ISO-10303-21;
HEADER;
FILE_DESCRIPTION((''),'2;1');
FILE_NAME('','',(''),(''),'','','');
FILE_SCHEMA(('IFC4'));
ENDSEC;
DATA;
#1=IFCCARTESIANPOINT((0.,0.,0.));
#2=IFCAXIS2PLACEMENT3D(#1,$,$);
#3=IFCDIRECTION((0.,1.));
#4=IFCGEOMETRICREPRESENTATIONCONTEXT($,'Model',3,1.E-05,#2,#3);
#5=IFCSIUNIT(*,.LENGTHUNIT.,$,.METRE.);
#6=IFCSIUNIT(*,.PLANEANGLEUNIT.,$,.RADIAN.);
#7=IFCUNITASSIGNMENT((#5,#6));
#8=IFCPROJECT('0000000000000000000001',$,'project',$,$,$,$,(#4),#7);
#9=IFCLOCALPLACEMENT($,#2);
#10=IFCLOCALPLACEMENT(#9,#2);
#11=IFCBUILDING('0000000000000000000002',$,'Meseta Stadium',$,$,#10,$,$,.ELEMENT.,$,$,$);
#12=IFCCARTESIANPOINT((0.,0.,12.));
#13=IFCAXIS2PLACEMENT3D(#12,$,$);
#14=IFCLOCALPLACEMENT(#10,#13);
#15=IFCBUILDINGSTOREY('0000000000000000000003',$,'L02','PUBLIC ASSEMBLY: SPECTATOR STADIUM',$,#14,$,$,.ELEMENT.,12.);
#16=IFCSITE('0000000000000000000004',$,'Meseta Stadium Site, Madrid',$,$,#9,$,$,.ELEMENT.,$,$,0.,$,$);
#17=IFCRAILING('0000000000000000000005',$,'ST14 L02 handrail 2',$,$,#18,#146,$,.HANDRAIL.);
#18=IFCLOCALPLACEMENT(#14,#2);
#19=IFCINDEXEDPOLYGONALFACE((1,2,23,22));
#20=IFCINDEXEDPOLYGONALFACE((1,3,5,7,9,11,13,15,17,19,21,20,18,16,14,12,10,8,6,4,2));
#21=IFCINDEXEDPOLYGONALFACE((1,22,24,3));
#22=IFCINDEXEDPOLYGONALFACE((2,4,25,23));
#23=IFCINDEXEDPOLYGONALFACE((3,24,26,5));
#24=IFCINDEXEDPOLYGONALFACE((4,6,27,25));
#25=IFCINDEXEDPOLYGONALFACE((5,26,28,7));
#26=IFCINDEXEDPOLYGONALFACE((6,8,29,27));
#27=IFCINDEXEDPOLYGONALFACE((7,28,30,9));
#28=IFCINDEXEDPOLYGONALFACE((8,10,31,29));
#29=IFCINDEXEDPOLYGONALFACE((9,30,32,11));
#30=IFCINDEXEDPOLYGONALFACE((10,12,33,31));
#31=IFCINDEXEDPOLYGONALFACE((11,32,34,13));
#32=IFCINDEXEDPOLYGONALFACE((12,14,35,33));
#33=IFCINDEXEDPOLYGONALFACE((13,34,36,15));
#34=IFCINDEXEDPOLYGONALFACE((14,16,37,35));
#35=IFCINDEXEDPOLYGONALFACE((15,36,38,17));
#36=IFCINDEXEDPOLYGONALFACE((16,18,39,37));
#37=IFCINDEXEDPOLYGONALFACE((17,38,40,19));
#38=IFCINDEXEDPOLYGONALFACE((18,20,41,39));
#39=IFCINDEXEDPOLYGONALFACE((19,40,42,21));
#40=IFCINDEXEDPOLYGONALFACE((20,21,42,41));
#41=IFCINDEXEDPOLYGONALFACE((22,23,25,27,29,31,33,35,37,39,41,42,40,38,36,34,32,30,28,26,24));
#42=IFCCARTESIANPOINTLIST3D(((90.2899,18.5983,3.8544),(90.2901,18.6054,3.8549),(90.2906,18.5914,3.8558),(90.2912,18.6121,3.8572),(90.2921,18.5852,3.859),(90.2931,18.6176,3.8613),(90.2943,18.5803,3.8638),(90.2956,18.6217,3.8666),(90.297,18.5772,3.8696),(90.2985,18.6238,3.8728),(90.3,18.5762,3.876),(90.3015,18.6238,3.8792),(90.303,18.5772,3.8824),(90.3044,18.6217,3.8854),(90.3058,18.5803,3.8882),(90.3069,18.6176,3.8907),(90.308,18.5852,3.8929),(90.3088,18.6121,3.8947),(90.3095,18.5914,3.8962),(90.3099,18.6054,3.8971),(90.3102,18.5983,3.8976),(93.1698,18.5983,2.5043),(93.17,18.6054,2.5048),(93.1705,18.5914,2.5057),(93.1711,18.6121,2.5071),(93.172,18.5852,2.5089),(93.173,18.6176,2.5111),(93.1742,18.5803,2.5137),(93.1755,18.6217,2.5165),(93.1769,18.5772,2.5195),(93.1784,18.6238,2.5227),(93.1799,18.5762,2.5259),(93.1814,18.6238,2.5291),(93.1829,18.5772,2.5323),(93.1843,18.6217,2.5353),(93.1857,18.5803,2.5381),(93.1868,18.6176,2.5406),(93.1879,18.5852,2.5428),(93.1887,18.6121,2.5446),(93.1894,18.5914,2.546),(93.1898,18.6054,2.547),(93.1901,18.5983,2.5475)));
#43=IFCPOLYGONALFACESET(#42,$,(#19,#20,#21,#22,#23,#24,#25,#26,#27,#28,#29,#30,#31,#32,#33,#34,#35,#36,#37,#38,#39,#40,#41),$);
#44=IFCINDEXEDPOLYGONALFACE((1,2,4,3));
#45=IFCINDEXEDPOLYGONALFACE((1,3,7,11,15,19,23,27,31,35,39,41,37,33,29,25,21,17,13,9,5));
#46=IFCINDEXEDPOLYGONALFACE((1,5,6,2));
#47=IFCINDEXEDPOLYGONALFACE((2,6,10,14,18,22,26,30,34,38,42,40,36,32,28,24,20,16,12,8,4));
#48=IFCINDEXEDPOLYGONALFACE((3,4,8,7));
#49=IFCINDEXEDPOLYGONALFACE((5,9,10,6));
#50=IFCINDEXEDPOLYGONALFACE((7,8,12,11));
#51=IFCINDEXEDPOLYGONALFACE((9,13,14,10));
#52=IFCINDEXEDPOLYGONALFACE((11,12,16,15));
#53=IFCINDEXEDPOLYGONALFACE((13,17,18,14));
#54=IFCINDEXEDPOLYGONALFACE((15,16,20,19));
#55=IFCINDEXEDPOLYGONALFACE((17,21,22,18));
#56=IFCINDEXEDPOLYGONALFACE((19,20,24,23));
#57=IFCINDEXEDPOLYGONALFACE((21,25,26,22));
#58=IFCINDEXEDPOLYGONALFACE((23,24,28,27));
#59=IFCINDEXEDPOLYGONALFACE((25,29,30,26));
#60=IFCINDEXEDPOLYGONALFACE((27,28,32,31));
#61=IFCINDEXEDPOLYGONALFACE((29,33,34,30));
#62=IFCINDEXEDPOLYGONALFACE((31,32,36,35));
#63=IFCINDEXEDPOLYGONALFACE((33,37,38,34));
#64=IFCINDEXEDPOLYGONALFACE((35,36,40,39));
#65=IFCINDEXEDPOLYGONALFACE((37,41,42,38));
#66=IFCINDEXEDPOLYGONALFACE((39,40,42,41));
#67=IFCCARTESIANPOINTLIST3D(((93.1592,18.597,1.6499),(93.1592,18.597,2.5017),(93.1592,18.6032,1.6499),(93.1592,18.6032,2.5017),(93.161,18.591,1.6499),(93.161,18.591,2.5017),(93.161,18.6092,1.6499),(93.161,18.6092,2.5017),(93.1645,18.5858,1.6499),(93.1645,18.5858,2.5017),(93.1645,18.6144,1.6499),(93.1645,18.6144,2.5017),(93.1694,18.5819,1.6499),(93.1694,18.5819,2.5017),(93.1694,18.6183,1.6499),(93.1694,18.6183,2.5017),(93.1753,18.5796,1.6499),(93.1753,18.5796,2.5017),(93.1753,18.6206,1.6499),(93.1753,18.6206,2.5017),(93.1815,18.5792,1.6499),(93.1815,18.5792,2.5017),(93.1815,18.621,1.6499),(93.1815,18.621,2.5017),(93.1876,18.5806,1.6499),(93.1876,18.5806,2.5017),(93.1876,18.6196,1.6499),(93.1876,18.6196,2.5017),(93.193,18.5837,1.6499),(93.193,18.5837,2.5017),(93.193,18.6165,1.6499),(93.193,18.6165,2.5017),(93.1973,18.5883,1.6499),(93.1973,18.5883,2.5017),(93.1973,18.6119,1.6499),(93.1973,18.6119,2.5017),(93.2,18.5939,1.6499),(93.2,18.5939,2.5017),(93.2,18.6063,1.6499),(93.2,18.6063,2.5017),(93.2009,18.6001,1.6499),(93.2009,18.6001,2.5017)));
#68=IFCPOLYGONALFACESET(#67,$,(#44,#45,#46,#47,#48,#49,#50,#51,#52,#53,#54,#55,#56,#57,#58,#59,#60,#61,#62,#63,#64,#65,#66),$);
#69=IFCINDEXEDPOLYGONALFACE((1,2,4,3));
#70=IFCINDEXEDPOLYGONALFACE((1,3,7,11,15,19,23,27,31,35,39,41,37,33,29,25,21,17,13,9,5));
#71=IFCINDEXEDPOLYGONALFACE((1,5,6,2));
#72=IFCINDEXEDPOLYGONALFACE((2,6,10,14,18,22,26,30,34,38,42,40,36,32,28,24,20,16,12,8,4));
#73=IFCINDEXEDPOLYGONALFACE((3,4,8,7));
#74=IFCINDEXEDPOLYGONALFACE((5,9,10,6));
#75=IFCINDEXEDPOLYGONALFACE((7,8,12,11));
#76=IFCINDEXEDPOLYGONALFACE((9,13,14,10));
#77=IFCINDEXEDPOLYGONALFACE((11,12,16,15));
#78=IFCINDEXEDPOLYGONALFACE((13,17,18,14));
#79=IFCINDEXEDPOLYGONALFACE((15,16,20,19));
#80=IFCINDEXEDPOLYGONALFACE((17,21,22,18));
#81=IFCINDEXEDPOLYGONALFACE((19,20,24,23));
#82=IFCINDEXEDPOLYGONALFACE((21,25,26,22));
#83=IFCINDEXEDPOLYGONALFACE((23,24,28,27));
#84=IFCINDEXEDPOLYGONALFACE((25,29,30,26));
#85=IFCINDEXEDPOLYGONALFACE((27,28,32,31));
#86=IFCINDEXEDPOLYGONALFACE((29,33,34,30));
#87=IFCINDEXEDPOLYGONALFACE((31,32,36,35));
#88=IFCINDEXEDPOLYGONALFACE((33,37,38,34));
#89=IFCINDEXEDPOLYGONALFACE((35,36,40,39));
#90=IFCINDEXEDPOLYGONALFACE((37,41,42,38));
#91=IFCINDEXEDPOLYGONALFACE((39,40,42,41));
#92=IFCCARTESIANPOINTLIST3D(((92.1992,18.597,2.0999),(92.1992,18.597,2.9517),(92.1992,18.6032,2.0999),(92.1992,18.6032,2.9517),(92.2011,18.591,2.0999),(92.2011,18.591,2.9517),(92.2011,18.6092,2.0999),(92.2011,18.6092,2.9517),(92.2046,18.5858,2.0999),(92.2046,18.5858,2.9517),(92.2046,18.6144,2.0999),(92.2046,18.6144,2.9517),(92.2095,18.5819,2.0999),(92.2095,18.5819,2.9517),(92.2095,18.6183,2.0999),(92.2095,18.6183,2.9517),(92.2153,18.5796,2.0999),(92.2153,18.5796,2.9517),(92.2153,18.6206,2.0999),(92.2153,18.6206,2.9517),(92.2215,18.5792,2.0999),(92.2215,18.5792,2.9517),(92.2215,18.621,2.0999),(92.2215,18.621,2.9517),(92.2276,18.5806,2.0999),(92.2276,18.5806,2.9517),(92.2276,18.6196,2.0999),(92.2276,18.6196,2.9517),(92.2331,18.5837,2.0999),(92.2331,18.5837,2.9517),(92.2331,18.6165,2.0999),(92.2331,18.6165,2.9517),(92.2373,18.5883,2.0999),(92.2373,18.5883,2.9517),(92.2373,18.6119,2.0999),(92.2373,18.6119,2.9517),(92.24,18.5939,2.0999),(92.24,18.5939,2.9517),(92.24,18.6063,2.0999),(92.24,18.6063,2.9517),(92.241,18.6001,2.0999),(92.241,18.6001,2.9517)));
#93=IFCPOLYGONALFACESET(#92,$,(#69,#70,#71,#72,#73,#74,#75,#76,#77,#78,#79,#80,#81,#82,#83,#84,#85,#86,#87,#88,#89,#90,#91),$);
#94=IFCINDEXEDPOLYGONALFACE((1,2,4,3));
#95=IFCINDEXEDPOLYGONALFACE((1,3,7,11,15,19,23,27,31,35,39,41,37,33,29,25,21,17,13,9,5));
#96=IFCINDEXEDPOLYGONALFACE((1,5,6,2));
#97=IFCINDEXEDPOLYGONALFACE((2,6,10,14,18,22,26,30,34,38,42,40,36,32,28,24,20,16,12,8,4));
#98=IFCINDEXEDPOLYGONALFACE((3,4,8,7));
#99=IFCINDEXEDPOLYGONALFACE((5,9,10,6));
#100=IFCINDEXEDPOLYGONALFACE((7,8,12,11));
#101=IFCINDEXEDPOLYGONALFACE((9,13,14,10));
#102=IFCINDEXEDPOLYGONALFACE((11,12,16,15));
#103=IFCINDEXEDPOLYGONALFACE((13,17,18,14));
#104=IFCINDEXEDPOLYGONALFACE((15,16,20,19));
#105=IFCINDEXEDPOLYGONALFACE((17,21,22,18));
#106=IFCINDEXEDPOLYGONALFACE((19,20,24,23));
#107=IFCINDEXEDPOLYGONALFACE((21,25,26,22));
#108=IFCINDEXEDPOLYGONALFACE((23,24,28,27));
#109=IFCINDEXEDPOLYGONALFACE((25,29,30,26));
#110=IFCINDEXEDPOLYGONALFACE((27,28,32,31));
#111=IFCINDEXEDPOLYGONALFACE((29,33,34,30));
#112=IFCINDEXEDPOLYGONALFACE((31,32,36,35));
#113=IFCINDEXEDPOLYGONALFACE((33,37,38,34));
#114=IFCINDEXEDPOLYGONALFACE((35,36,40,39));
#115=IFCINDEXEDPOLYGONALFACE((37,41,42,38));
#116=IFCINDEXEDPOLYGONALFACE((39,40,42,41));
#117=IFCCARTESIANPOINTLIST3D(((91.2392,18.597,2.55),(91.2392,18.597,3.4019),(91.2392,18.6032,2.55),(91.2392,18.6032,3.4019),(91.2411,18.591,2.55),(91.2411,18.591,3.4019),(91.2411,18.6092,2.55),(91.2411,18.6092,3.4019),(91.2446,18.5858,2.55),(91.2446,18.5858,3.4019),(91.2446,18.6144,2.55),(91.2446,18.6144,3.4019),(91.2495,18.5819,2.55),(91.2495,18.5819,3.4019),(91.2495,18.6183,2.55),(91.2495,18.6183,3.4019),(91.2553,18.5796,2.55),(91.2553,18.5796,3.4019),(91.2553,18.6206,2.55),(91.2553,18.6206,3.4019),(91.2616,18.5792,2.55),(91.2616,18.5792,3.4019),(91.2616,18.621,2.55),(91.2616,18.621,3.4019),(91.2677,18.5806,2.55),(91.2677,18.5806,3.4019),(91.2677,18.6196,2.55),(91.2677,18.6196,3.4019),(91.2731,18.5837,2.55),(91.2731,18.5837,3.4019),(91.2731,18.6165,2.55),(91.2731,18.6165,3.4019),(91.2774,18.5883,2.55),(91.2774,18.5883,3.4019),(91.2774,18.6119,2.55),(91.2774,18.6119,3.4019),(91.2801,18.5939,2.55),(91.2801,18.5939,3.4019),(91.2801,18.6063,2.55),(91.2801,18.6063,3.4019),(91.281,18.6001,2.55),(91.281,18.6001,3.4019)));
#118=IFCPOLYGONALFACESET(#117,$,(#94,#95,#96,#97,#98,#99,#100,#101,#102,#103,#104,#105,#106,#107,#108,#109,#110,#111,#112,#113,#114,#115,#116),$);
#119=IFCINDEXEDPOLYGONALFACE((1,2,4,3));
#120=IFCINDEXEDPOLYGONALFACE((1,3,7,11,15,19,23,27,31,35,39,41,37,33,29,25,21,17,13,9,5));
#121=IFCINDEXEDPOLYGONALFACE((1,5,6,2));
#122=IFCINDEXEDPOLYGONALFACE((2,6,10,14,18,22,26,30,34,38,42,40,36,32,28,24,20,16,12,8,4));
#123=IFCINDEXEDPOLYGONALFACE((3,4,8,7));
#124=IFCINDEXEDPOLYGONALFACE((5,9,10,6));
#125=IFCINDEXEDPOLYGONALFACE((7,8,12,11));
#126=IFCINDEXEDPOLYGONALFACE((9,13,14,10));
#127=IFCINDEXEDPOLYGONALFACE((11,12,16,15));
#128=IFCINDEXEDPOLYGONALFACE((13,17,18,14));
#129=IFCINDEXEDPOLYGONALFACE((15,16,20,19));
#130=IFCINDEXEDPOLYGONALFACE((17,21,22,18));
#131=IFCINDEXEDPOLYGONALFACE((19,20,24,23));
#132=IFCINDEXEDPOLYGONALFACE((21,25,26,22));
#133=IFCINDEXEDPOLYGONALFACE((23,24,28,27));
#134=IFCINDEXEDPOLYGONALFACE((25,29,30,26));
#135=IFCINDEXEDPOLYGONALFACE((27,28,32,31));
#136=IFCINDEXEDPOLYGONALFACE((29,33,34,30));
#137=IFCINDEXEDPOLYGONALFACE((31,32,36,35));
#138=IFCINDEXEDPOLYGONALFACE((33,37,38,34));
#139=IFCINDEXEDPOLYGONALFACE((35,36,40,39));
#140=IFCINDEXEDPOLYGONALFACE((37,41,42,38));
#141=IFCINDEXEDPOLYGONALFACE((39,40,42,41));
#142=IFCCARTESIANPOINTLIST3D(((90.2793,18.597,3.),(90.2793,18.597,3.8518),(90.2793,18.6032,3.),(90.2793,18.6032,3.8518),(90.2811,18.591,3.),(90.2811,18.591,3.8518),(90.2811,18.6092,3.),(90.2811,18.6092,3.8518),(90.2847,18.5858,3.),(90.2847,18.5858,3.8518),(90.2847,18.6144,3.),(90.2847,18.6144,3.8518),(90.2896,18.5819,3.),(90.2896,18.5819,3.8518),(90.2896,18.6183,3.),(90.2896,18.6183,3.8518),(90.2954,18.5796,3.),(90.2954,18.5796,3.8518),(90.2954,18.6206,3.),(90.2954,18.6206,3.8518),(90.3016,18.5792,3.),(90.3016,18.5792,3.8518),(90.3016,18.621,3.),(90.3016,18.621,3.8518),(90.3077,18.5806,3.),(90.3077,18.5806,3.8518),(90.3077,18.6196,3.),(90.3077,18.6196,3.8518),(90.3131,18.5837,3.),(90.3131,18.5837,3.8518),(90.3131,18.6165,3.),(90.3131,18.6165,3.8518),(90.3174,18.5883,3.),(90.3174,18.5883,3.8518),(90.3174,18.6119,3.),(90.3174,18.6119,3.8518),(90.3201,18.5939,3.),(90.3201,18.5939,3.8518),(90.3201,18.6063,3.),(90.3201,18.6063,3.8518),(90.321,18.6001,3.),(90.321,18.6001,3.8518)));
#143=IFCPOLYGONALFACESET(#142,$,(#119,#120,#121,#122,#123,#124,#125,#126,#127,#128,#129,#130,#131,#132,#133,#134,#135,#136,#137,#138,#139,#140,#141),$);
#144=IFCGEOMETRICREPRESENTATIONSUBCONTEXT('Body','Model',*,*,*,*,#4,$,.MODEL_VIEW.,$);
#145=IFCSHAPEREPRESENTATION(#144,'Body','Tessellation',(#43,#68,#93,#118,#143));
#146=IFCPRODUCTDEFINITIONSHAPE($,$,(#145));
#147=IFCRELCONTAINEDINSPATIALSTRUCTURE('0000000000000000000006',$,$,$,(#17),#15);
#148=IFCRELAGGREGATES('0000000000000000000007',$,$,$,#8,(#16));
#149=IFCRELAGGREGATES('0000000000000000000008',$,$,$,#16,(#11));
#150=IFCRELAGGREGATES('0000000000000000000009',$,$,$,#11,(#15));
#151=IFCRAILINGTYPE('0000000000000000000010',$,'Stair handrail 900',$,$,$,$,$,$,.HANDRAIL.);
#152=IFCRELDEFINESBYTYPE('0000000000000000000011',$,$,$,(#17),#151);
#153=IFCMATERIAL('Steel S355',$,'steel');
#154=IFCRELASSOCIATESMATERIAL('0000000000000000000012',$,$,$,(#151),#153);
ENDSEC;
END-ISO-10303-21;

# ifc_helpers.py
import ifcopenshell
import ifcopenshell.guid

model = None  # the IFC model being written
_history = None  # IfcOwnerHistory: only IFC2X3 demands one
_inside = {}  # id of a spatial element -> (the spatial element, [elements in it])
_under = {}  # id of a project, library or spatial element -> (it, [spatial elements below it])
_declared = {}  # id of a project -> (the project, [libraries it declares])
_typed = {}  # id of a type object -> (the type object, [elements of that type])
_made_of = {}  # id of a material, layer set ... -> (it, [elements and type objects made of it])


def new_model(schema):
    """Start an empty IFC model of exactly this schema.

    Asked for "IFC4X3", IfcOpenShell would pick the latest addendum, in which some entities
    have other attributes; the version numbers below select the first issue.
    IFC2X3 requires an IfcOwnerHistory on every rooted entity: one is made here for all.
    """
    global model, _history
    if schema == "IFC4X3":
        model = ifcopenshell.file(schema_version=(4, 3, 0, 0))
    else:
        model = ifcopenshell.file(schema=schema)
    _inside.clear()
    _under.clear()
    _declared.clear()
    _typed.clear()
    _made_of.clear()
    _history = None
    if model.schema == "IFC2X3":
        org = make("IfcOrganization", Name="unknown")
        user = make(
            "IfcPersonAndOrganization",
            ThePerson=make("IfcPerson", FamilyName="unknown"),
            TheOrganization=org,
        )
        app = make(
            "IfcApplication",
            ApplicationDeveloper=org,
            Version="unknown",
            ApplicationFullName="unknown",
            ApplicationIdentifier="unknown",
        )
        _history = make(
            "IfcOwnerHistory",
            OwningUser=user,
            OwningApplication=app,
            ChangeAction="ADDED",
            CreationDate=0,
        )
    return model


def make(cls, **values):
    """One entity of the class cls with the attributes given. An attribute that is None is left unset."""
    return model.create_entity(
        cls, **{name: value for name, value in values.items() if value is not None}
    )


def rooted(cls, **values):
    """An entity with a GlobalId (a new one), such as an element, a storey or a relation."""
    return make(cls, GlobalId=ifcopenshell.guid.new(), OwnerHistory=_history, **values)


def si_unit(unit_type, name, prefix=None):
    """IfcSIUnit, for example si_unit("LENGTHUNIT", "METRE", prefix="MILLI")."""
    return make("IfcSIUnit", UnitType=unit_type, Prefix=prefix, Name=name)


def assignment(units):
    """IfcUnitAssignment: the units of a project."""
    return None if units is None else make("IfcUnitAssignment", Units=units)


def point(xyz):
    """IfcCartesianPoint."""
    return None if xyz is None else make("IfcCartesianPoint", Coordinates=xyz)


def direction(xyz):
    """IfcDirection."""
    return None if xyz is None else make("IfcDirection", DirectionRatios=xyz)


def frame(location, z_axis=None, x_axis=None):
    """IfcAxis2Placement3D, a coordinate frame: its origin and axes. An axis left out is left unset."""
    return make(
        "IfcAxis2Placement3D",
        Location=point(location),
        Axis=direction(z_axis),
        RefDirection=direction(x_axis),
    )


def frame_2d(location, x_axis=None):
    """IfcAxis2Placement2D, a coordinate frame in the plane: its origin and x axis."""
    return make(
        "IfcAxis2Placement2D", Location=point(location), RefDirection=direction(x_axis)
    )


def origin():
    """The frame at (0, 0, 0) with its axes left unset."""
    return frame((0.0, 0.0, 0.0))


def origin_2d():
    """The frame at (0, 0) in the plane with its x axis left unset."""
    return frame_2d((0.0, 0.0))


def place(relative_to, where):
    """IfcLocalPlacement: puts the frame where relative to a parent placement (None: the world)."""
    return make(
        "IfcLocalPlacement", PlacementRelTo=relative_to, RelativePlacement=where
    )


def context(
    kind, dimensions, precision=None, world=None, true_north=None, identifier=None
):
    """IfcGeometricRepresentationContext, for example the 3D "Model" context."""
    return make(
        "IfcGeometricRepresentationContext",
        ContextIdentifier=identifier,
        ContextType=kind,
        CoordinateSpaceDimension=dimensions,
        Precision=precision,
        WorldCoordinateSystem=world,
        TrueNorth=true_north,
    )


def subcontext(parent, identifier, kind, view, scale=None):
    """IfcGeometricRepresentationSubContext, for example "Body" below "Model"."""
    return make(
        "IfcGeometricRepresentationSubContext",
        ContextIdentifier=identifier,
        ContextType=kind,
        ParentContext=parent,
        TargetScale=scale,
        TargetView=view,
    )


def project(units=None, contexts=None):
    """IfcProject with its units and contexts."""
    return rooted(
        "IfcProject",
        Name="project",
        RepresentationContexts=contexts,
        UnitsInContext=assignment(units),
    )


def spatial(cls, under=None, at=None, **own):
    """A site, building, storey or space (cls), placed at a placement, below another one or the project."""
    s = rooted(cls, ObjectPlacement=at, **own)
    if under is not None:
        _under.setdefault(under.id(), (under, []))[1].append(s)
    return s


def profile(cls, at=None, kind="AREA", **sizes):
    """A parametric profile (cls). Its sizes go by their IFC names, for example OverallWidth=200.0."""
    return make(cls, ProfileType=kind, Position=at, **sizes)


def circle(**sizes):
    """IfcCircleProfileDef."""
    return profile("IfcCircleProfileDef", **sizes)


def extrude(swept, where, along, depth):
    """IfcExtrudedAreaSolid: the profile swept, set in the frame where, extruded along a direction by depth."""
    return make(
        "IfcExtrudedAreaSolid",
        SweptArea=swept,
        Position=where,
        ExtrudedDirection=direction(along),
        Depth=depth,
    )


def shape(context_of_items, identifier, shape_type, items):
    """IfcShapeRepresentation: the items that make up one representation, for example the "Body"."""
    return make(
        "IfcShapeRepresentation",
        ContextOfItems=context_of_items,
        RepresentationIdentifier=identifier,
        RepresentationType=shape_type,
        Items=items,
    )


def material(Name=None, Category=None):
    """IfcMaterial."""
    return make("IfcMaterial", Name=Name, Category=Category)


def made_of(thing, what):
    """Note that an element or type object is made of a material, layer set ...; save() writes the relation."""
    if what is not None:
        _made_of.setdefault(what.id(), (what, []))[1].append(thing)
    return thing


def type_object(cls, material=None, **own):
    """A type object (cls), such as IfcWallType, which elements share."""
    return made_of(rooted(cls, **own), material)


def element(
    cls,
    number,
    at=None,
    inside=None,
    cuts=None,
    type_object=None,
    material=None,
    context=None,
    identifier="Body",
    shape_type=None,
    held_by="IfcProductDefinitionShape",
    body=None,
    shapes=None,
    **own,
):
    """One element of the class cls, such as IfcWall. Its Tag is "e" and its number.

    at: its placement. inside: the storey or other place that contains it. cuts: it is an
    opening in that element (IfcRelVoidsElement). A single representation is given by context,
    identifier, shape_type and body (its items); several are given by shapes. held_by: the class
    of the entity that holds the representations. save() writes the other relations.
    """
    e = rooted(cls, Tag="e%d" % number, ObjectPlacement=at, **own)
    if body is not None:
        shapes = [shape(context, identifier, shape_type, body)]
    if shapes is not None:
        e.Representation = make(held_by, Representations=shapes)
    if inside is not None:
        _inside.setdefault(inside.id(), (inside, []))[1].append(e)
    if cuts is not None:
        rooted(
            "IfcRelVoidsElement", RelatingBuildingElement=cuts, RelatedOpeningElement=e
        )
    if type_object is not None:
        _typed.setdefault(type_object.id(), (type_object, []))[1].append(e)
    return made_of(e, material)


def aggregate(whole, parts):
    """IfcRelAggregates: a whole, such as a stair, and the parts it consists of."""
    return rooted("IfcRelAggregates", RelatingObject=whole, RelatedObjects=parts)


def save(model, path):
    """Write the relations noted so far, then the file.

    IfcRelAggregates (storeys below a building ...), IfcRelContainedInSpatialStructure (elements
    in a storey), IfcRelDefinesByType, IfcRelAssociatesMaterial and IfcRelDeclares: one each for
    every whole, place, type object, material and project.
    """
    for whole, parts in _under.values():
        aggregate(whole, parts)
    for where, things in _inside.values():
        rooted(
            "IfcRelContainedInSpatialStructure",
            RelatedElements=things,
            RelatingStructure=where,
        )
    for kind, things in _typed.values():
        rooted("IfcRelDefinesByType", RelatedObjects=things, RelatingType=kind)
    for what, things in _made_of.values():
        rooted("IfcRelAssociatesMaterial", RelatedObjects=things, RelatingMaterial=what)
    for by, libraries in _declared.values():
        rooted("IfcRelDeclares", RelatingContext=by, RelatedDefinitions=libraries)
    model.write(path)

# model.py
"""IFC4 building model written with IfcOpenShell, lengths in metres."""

from ifc_helpers import new_model, si_unit, direction, frame, origin, origin_2d, place, context, subcontext, project, spatial, circle, extrude, material, type_object, element, save


model = new_model("IFC4")

# Units and contexts
model_context = context("Model", 3, precision=1e-05, world=origin(), true_north=direction((0.0, 1.0)))
body_context = subcontext(model_context, "Body", "Model", "MODEL_VIEW")
ifc_project = project(units=[si_unit("LENGTHUNIT", "METRE"), si_unit("PLANEANGLEUNIT", "RADIAN")], contexts=[model_context])

# Site, building, storey
site_placement = place(None, origin())
site = spatial("IfcSite", under=ifc_project, at=site_placement, Name="Meseta Stadium Site, Madrid", CompositionType="ELEMENT", RefElevation=0.0)
building_placement = place(site_placement, origin())
building = spatial("IfcBuilding", under=site, at=building_placement, Name="Meseta Stadium", CompositionType="ELEMENT")
storey_placement = place(building_placement, frame((0.0, 0.0, 12.0)))
storey = spatial("IfcBuildingStorey", under=building, at=storey_placement, Name="L02", Description="PUBLIC ASSEMBLY: SPECTATOR STADIUM", CompositionType="ELEMENT", Elevation=12.0)

# Railing
ifc_material_1 = material(Name="Steel S355", Category="steel")
railing_type_1 = type_object("IfcRailingType", Name="Stair handrail 900", PredefinedType="HANDRAIL", material=ifc_material_1)
for number, where, name in (
    (1, (93.1799, 18.6001, 1.6499), "ST14 L02 handrail 2"),
):
    element("IfcRailing", number, at=place(storey_placement, frame(where)), inside=storey, type_object=railing_type_1, Name=name, PredefinedType="HANDRAIL", context=body_context, shape_type="SweptSolid", body=[
        extrude(circle(Radius=0.0239, at=origin_2d()), frame((0.0, 0.0, 0.876), z_axis=(-0.90544, 0.0, 0.424473), x_axis=(0.0, -1.0, 0.0)), (0.0, 0.0, 1.0), 3.1807),
        extrude(circle(Radius=0.021, at=origin_2d()), origin(), (0.0, 0.0, 1.0), 0.8518),
        extrude(circle(Radius=0.021, at=origin_2d()), frame((-0.96, 0.0, 0.45)), (0.0, 0.0, 1.0), 0.8518),
        extrude(circle(Radius=0.021, at=origin_2d()), frame((-1.9199, 0.0, 0.9001)), (0.0, 0.0, 1.0), 0.8518),
        extrude(circle(Radius=0.021, at=origin_2d()), frame((-2.8799, 0.0, 1.3501)), (0.0, 0.0, 1.0), 0.8518),
    ])

save(model, "model.ifc")
